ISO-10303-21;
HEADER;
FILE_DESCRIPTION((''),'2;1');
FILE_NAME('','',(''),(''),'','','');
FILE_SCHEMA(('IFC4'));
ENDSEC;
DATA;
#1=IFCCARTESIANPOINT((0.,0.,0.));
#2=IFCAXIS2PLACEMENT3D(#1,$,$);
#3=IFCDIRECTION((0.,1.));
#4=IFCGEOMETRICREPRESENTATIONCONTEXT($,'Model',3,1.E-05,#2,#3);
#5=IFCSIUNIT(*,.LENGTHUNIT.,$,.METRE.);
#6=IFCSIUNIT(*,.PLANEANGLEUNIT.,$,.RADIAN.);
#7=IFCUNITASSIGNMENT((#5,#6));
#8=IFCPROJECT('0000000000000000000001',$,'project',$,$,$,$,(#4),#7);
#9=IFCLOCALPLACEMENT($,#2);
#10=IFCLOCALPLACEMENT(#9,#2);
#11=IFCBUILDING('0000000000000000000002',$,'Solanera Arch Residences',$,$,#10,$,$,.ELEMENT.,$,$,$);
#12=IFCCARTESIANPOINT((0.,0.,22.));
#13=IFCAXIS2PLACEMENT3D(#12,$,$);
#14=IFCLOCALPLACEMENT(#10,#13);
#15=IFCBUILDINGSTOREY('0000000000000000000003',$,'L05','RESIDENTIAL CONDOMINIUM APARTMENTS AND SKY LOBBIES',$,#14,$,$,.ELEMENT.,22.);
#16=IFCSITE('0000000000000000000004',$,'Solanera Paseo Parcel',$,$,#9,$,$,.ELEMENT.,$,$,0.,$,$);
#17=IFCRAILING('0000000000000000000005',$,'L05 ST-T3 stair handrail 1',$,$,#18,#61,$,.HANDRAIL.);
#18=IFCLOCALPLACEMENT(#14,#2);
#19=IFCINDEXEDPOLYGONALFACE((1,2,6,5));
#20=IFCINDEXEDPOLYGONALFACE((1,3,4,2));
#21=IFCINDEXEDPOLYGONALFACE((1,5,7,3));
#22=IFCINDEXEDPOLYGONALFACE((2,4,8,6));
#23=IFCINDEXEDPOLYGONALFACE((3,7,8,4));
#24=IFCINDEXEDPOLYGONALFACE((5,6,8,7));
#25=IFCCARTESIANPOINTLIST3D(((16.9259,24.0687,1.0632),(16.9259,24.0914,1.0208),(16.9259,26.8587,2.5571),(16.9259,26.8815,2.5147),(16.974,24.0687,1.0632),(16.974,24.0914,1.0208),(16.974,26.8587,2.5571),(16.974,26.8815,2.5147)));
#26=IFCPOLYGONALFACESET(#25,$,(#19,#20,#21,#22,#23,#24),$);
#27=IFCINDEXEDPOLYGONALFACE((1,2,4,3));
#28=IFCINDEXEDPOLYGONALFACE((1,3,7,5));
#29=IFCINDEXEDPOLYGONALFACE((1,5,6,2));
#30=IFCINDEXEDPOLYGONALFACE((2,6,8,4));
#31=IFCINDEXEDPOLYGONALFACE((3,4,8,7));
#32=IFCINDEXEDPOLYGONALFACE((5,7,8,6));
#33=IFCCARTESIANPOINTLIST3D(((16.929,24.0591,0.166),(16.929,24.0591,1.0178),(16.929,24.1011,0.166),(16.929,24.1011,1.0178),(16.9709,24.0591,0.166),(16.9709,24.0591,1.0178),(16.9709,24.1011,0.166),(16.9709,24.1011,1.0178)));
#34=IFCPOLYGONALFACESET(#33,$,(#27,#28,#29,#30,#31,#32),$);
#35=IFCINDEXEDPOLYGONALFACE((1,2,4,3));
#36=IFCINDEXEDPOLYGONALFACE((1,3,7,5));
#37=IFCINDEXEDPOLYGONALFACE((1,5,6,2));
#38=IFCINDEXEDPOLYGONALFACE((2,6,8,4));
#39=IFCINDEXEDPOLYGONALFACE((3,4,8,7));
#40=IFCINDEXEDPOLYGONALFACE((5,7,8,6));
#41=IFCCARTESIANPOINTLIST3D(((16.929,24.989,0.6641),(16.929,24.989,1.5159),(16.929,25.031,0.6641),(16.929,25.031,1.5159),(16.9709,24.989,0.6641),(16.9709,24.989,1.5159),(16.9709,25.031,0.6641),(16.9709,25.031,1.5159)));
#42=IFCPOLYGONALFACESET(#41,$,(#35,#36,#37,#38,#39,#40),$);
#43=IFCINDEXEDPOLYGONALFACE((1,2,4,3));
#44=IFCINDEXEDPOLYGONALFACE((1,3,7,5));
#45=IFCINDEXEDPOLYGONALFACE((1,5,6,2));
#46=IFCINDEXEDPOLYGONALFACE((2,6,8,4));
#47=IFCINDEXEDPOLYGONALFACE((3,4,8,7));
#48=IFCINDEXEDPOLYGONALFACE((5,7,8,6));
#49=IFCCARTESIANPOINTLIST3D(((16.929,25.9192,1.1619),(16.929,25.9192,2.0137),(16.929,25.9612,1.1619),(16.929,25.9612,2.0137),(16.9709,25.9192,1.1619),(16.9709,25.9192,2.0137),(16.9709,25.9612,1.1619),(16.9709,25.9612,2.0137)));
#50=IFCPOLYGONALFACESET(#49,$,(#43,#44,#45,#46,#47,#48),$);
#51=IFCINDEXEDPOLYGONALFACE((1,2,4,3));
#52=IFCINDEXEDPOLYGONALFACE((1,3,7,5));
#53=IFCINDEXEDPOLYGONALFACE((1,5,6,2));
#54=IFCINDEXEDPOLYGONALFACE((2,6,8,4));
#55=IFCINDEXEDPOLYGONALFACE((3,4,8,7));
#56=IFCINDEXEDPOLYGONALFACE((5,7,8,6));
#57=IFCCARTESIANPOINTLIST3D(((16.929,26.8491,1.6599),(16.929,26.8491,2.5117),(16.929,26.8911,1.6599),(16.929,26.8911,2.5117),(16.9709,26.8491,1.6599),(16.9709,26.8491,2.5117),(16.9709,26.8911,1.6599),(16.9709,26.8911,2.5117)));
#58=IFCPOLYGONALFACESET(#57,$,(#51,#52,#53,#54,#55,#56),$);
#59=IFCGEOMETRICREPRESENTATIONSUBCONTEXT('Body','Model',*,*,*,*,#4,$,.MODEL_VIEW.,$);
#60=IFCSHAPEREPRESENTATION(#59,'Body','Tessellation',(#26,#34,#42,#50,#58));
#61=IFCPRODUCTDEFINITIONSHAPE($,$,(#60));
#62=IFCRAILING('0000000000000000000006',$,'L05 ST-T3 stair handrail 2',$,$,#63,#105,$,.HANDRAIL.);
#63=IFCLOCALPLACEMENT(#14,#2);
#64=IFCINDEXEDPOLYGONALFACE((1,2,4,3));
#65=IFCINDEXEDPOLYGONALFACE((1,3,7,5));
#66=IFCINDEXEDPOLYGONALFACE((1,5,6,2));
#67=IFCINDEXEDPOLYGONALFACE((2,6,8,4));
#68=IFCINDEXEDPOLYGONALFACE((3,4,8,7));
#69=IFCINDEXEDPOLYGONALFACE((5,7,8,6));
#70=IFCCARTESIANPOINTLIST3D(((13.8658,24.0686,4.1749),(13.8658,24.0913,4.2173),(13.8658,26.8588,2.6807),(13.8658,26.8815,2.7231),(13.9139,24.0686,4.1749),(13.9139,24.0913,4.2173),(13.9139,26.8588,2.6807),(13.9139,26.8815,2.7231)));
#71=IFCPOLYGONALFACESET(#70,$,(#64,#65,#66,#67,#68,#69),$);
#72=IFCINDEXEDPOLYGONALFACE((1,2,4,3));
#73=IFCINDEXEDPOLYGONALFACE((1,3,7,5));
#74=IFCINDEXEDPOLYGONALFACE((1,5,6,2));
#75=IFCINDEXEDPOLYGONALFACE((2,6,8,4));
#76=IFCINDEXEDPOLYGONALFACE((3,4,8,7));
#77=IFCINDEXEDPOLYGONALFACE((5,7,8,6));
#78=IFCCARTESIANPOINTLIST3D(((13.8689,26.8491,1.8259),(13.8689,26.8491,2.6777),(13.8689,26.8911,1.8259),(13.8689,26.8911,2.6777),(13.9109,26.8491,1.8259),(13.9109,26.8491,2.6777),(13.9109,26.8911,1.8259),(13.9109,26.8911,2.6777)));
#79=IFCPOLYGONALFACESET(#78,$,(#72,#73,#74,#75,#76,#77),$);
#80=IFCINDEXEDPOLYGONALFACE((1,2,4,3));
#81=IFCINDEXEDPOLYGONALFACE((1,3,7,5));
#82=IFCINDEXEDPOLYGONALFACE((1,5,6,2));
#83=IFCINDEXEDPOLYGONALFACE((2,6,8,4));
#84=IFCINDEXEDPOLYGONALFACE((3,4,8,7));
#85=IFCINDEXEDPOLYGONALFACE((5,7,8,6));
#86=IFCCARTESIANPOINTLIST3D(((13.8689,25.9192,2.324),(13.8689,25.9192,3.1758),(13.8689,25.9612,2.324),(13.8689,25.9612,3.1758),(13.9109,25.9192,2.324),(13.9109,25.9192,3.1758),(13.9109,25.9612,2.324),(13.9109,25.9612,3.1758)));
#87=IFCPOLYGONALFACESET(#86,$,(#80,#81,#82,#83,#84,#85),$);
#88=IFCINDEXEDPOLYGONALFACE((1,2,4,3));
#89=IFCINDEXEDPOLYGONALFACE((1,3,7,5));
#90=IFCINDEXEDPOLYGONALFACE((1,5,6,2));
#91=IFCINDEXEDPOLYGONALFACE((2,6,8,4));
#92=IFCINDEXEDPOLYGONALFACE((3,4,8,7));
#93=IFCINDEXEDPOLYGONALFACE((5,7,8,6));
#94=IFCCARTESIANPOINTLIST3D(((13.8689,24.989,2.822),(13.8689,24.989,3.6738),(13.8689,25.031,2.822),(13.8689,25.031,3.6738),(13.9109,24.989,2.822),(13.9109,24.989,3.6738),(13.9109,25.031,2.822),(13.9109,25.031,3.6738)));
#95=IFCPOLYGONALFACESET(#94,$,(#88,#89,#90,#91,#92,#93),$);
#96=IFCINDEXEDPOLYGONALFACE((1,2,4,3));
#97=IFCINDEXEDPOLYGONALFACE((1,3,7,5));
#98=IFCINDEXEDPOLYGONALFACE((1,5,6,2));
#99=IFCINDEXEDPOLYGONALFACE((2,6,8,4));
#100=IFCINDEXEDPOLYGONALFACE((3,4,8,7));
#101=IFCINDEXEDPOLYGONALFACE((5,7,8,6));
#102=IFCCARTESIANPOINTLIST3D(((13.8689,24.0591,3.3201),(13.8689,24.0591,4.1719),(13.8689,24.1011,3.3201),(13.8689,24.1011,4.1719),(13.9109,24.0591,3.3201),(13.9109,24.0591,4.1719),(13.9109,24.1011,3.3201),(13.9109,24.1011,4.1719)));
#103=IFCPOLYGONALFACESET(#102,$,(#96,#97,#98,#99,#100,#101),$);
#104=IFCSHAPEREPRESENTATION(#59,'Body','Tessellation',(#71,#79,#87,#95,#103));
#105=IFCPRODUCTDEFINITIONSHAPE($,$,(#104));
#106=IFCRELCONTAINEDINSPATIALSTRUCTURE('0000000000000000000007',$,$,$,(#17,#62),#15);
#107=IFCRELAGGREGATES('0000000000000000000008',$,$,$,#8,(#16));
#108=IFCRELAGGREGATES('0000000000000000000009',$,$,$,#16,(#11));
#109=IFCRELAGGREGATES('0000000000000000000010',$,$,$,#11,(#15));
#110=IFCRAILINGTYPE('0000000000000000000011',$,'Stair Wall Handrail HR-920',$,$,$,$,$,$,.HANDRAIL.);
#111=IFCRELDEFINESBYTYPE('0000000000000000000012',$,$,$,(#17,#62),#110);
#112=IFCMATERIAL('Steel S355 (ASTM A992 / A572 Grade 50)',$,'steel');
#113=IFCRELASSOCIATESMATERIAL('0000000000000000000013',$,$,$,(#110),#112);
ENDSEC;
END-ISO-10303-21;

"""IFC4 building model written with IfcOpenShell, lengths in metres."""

from ifc_helpers import new_model, si_unit, direction, frame, origin, origin_2d, place, context, subcontext, project, spatial, rectangle, extrude, material, type_object, element, save


model = new_model("IFC4")

# Units and contexts
model_context = context("Model", 3, precision=1e-05, world=origin(), true_north=direction((0.0, 1.0)))
body_context = subcontext(model_context, "Body", "Model", "MODEL_VIEW")
ifc_project = project(units=[si_unit("LENGTHUNIT", "METRE"), si_unit("PLANEANGLEUNIT", "RADIAN")], contexts=[model_context])

# Site, building, storey
site_placement = place(None, origin())
site = spatial("IfcSite", under=ifc_project, at=site_placement, Name="Solanera Paseo Parcel", CompositionType="ELEMENT", RefElevation=0.0)
building_placement = place(site_placement, origin())
building = spatial("IfcBuilding", under=site, at=building_placement, Name="Solanera Arch Residences", CompositionType="ELEMENT")
storey_placement = place(building_placement, frame((0.0, 0.0, 22.0)))
storey = spatial("IfcBuildingStorey", under=building, at=storey_placement, Name="L05", Description="RESIDENTIAL CONDOMINIUM APARTMENTS AND SKY LOBBIES", CompositionType="ELEMENT", Elevation=22.0)

# Railings
ifc_material_1 = material(Name="Steel S355 (ASTM A992 / A572 Grade 50)", Category="steel")
railing_type_1 = type_object("IfcRailingType", Name="Stair Wall Handrail HR-920", PredefinedType="HANDRAIL", material=ifc_material_1)
railing_1_placement = place(storey_placement, frame((16.95, 24.0801, 0.166)))
element("IfcRailing", 1, at=railing_1_placement, inside=storey, type_object=railing_type_1, Name="L05 ST-T3 stair handrail 1", PredefinedType="HANDRAIL", context=body_context, shape_type="SweptSolid", body=[
    extrude(rectangle(XDim=0.0481, YDim=0.0481, at=origin_2d()), frame((0.0, 0.0, 0.876), z_axis=(0.0, 0.881581, 0.472033), x_axis=(-1.0, 0.0, 0.0)), (0.0, 0.0, 1.0), 3.1648),
    extrude(rectangle(XDim=0.042, YDim=0.042, at=origin_2d()), origin(), (0.0, 0.0, 1.0), 0.8518),
    extrude(rectangle(XDim=0.042, YDim=0.042, at=origin_2d()), frame((0.0, 0.9299, 0.498)), (0.0, 0.0, 1.0), 0.8518),
    extrude(rectangle(XDim=0.042, YDim=0.042, at=origin_2d()), frame((0.0, 1.8601, 0.9958)), (0.0, 0.0, 1.0), 0.8518),
    extrude(rectangle(XDim=0.042, YDim=0.042, at=origin_2d()), frame((0.0, 2.79, 1.4939)), (0.0, 0.0, 1.0), 0.8518),
])
railing_2_placement = place(storey_placement, frame((13.8899, 26.8701, 1.8259)))
element("IfcRailing", 2, at=railing_2_placement, inside=storey, type_object=railing_type_1, Name="L05 ST-T3 stair handrail 2", PredefinedType="HANDRAIL", context=body_context, shape_type="SweptSolid", body=[
    extrude(rectangle(XDim=0.0481, YDim=0.0481, at=origin_2d()), frame((0.0, 0.0, 0.876), z_axis=(0.0, -0.881549, 0.472093), x_axis=(1.0, 0.0, 0.0)), (0.0, 0.0, 1.0), 3.165),
    extrude(rectangle(XDim=0.042, YDim=0.042, at=origin_2d()), origin(), (0.0, 0.0, 1.0), 0.8518),
    extrude(rectangle(XDim=0.042, YDim=0.042, at=origin_2d()), frame((0.0, -0.9299, 0.498)), (0.0, 0.0, 1.0), 0.8518),
    extrude(rectangle(XDim=0.042, YDim=0.042, at=origin_2d()), frame((0.0, -1.8601, 0.9961)), (0.0, 0.0, 1.0), 0.8518),
    extrude(rectangle(XDim=0.042, YDim=0.042, at=origin_2d()), frame((0.0, -2.79, 1.4941)), (0.0, 0.0, 1.0), 0.8518),
])

save(model, "model.ifc")
